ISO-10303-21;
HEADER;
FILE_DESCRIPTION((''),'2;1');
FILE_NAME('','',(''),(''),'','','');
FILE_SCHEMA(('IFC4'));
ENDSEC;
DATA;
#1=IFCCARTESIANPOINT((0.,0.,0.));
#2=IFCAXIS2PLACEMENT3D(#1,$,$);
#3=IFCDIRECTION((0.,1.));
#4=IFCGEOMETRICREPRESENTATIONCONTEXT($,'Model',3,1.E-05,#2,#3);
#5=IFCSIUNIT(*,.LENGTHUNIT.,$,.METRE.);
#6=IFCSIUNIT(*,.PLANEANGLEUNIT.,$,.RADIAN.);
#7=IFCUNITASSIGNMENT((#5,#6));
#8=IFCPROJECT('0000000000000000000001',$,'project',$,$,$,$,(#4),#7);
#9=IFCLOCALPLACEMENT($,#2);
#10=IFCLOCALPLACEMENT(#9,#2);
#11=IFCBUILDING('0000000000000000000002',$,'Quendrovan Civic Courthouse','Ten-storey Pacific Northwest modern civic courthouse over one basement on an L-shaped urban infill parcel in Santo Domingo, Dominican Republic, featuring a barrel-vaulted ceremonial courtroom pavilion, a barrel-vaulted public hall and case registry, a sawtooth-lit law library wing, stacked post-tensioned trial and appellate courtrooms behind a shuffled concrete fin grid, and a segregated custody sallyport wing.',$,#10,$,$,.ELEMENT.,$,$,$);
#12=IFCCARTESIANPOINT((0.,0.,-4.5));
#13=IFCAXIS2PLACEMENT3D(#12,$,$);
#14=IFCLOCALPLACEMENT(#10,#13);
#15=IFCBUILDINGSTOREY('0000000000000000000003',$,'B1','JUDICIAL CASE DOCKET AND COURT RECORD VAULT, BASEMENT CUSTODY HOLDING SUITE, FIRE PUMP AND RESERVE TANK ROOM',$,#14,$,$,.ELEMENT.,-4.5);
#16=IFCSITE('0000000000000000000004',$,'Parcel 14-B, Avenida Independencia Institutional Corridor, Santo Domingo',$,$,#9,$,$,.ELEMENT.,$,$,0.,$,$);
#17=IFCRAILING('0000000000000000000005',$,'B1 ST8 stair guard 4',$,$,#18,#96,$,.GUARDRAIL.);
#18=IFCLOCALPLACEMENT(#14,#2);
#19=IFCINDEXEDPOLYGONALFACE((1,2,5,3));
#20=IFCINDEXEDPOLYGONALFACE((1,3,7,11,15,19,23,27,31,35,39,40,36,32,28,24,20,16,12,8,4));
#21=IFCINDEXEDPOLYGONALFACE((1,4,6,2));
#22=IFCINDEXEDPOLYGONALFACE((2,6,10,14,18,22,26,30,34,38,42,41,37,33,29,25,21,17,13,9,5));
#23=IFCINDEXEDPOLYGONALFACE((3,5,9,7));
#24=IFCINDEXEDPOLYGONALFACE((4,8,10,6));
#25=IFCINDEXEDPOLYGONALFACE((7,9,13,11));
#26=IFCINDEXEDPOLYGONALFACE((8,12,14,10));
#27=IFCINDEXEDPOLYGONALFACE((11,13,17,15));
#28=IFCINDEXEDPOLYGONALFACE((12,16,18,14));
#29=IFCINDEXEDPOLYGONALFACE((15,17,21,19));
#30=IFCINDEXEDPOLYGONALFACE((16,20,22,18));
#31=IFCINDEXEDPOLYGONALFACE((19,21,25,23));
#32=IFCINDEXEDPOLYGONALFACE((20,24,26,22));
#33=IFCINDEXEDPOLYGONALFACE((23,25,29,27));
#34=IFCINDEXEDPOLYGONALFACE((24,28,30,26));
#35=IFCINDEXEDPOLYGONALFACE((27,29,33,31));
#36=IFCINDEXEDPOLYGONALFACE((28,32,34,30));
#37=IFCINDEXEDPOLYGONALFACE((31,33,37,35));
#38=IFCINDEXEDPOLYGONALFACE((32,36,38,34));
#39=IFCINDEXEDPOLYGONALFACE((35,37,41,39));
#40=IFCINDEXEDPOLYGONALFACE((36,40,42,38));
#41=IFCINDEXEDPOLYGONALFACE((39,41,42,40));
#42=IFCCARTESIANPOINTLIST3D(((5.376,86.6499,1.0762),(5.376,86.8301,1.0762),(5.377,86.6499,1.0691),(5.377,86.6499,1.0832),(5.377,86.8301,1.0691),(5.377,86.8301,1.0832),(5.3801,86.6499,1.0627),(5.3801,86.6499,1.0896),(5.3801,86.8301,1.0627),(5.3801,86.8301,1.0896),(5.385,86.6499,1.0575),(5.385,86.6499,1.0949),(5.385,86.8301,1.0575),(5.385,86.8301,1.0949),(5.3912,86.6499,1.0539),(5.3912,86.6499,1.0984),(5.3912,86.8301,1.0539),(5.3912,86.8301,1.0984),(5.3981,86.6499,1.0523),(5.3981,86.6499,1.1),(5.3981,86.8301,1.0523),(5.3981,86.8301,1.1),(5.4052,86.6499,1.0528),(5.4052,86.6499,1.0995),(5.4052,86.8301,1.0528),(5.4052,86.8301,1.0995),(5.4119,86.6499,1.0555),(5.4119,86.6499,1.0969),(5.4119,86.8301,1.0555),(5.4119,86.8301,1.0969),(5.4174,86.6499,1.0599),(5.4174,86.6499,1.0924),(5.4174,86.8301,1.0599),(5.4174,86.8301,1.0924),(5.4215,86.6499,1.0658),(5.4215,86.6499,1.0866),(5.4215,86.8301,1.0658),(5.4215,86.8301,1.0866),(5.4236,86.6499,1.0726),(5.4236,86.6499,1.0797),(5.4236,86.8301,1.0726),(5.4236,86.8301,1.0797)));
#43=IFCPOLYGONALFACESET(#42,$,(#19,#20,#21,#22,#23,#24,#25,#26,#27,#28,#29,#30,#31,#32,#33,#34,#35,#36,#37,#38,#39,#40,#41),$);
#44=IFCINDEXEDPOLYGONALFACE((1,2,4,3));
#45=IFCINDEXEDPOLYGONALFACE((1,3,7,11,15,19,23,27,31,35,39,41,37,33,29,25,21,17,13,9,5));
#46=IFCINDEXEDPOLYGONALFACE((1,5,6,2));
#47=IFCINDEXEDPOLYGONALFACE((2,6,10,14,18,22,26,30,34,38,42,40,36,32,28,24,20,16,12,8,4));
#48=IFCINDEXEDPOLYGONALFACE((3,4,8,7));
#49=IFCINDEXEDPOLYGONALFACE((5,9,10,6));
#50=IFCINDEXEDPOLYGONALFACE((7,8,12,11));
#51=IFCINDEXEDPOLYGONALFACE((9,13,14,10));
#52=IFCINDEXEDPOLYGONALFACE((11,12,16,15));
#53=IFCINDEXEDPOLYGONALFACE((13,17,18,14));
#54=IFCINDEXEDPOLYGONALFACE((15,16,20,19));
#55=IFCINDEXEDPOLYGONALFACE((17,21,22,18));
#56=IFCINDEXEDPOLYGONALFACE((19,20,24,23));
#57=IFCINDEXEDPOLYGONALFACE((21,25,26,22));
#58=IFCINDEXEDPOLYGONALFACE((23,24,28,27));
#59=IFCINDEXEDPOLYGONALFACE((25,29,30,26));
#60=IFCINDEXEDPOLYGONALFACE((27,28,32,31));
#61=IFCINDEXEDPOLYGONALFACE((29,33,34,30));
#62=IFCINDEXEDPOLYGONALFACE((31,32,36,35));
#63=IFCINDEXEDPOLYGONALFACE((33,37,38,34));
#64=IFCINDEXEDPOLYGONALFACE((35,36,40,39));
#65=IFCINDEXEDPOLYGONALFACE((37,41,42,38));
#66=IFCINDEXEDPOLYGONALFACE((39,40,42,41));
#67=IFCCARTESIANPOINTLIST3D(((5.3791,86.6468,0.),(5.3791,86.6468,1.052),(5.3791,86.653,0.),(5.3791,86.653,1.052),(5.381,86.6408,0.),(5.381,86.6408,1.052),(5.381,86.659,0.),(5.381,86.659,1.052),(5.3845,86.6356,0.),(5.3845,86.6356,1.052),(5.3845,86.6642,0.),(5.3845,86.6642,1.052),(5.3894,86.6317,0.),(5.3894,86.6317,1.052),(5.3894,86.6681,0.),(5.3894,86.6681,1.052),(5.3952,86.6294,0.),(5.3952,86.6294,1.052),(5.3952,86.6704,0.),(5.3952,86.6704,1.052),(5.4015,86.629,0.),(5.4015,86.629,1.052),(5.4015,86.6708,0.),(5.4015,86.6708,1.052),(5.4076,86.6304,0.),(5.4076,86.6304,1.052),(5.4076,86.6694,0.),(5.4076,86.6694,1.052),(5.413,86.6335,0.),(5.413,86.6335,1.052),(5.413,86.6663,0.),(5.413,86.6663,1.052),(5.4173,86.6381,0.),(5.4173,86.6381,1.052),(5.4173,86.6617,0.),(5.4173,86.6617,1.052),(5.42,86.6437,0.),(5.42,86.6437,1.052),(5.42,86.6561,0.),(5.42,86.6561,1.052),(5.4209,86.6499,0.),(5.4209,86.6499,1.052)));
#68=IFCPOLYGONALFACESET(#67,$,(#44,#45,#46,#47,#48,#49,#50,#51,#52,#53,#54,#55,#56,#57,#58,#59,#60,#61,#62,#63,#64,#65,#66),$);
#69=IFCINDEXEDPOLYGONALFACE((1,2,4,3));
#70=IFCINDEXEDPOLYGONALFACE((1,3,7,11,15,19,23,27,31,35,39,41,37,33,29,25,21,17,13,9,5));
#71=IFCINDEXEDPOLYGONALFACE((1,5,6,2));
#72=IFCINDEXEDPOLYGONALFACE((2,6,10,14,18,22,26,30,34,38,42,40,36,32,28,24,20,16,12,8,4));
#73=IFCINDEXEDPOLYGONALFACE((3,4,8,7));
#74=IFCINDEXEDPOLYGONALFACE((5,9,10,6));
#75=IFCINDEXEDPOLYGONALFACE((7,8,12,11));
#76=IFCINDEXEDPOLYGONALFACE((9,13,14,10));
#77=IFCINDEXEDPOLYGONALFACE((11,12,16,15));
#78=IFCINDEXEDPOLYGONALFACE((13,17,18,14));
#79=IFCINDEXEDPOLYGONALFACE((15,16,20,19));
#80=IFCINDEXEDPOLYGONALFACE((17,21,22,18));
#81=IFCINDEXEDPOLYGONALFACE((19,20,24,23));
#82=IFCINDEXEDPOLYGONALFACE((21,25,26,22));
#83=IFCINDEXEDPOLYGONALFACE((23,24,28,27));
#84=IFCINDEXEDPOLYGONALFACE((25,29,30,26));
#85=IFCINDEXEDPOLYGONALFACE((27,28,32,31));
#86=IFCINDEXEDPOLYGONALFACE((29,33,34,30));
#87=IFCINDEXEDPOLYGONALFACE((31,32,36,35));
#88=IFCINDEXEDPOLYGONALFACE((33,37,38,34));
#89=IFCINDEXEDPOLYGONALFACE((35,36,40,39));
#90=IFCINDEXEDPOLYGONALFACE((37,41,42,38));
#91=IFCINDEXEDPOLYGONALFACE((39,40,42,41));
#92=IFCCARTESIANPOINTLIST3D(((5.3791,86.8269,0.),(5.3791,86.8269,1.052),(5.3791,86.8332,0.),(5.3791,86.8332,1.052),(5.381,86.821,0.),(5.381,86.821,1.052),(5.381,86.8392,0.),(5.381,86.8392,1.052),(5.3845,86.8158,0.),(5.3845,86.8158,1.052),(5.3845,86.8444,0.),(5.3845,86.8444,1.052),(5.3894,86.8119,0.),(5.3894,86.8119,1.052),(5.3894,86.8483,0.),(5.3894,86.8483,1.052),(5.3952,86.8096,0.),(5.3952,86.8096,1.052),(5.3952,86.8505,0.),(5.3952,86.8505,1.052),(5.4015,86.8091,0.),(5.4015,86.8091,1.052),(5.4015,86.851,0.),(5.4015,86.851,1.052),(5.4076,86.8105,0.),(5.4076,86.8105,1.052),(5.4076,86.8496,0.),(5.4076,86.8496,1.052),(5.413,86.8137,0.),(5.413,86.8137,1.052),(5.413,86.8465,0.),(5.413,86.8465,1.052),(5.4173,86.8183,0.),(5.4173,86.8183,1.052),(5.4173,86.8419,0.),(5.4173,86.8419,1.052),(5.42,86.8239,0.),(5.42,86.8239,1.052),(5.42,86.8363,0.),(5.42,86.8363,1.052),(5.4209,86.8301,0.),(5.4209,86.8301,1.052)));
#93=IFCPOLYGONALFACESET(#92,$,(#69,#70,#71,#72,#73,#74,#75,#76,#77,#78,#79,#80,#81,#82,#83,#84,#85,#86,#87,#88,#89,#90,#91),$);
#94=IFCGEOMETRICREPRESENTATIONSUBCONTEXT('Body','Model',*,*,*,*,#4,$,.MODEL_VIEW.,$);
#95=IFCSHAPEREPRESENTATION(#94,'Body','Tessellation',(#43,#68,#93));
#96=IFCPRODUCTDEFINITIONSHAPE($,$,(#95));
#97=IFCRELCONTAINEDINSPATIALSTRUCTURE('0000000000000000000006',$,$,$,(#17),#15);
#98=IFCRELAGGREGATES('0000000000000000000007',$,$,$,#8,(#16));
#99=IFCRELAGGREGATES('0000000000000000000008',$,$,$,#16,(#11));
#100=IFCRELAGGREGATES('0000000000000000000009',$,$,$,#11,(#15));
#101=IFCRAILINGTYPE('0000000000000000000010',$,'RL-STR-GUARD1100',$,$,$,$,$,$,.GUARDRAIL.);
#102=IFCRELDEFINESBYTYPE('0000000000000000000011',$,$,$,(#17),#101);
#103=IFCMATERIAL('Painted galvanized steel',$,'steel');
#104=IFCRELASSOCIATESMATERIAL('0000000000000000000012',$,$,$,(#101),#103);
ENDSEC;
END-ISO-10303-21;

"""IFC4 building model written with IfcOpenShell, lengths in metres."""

from ifc_helpers import new_model, si_unit, direction, frame, origin, origin_2d, place, context, subcontext, project, spatial, circle, extrude, material, type_object, element, save


model = new_model("IFC4")

# Units and contexts
model_context = context("Model", 3, precision=1e-05, world=origin(), true_north=direction((0.0, 1.0)))
body_context = subcontext(model_context, "Body", "Model", "MODEL_VIEW")
ifc_project = project(units=[si_unit("LENGTHUNIT", "METRE"), si_unit("PLANEANGLEUNIT", "RADIAN")], contexts=[model_context])

# Site, building, storey
site_placement = place(None, origin())
site = spatial("IfcSite", under=ifc_project, at=site_placement, Name="Parcel 14-B, Avenida Independencia Institutional Corridor, Santo Domingo", CompositionType="ELEMENT", RefElevation=0.0)
building_placement = place(site_placement, origin())
building = spatial("IfcBuilding", under=site, at=building_placement, Name="Quendrovan Civic Courthouse", Description="Ten-storey Pacific Northwest modern civic courthouse over one basement on an L-shaped urban infill parcel in Santo Domingo, Dominican Republic, featuring a barrel-vaulted ceremonial courtroom pavilion, a barrel-vaulted public hall and case registry, a sawtooth-lit law library wing, stacked post-tensioned trial and appellate courtrooms behind a shuffled concrete fin grid, and a segregated custody sallyport wing.", CompositionType="ELEMENT")
storey_placement = place(building_placement, frame((0.0, 0.0, -4.5)))
storey = spatial("IfcBuildingStorey", under=building, at=storey_placement, Name="B1", Description="JUDICIAL CASE DOCKET AND COURT RECORD VAULT, BASEMENT CUSTODY HOLDING SUITE, FIRE PUMP AND RESERVE TANK ROOM", CompositionType="ELEMENT", Elevation=-4.5)

# Railing
ifc_material_1 = material(Name="Painted galvanized steel", Category="steel")
railing_type_1 = type_object("IfcRailingType", Name="RL-STR-GUARD1100", PredefinedType="GUARDRAIL", material=ifc_material_1)
railing_1_placement = place(storey_placement, frame((5.3999, 86.6499, 0.0)))
element("IfcRailing", 1, at=railing_1_placement, inside=storey, type_object=railing_type_1, Name="B1 ST8 stair guard 4", PredefinedType="GUARDRAIL", context=body_context, shape_type="SweptSolid", body=[
    extrude(circle(Radius=0.0239, at=origin_2d()), frame((0.0, 0.0, 1.0762), z_axis=(0.0, 1.0, 0.0), x_axis=(-1.0, 0.0, 0.0)), (0.0, 0.0, 1.0), 0.1802),
    extrude(circle(Radius=0.021, at=origin_2d()), origin(), (0.0, 0.0, 1.0), 1.052),
    extrude(circle(Radius=0.021, at=origin_2d()), frame((0.0, 0.1802, 0.0)), (0.0, 0.0, 1.0), 1.052),
])

save(model, "model.ifc")
